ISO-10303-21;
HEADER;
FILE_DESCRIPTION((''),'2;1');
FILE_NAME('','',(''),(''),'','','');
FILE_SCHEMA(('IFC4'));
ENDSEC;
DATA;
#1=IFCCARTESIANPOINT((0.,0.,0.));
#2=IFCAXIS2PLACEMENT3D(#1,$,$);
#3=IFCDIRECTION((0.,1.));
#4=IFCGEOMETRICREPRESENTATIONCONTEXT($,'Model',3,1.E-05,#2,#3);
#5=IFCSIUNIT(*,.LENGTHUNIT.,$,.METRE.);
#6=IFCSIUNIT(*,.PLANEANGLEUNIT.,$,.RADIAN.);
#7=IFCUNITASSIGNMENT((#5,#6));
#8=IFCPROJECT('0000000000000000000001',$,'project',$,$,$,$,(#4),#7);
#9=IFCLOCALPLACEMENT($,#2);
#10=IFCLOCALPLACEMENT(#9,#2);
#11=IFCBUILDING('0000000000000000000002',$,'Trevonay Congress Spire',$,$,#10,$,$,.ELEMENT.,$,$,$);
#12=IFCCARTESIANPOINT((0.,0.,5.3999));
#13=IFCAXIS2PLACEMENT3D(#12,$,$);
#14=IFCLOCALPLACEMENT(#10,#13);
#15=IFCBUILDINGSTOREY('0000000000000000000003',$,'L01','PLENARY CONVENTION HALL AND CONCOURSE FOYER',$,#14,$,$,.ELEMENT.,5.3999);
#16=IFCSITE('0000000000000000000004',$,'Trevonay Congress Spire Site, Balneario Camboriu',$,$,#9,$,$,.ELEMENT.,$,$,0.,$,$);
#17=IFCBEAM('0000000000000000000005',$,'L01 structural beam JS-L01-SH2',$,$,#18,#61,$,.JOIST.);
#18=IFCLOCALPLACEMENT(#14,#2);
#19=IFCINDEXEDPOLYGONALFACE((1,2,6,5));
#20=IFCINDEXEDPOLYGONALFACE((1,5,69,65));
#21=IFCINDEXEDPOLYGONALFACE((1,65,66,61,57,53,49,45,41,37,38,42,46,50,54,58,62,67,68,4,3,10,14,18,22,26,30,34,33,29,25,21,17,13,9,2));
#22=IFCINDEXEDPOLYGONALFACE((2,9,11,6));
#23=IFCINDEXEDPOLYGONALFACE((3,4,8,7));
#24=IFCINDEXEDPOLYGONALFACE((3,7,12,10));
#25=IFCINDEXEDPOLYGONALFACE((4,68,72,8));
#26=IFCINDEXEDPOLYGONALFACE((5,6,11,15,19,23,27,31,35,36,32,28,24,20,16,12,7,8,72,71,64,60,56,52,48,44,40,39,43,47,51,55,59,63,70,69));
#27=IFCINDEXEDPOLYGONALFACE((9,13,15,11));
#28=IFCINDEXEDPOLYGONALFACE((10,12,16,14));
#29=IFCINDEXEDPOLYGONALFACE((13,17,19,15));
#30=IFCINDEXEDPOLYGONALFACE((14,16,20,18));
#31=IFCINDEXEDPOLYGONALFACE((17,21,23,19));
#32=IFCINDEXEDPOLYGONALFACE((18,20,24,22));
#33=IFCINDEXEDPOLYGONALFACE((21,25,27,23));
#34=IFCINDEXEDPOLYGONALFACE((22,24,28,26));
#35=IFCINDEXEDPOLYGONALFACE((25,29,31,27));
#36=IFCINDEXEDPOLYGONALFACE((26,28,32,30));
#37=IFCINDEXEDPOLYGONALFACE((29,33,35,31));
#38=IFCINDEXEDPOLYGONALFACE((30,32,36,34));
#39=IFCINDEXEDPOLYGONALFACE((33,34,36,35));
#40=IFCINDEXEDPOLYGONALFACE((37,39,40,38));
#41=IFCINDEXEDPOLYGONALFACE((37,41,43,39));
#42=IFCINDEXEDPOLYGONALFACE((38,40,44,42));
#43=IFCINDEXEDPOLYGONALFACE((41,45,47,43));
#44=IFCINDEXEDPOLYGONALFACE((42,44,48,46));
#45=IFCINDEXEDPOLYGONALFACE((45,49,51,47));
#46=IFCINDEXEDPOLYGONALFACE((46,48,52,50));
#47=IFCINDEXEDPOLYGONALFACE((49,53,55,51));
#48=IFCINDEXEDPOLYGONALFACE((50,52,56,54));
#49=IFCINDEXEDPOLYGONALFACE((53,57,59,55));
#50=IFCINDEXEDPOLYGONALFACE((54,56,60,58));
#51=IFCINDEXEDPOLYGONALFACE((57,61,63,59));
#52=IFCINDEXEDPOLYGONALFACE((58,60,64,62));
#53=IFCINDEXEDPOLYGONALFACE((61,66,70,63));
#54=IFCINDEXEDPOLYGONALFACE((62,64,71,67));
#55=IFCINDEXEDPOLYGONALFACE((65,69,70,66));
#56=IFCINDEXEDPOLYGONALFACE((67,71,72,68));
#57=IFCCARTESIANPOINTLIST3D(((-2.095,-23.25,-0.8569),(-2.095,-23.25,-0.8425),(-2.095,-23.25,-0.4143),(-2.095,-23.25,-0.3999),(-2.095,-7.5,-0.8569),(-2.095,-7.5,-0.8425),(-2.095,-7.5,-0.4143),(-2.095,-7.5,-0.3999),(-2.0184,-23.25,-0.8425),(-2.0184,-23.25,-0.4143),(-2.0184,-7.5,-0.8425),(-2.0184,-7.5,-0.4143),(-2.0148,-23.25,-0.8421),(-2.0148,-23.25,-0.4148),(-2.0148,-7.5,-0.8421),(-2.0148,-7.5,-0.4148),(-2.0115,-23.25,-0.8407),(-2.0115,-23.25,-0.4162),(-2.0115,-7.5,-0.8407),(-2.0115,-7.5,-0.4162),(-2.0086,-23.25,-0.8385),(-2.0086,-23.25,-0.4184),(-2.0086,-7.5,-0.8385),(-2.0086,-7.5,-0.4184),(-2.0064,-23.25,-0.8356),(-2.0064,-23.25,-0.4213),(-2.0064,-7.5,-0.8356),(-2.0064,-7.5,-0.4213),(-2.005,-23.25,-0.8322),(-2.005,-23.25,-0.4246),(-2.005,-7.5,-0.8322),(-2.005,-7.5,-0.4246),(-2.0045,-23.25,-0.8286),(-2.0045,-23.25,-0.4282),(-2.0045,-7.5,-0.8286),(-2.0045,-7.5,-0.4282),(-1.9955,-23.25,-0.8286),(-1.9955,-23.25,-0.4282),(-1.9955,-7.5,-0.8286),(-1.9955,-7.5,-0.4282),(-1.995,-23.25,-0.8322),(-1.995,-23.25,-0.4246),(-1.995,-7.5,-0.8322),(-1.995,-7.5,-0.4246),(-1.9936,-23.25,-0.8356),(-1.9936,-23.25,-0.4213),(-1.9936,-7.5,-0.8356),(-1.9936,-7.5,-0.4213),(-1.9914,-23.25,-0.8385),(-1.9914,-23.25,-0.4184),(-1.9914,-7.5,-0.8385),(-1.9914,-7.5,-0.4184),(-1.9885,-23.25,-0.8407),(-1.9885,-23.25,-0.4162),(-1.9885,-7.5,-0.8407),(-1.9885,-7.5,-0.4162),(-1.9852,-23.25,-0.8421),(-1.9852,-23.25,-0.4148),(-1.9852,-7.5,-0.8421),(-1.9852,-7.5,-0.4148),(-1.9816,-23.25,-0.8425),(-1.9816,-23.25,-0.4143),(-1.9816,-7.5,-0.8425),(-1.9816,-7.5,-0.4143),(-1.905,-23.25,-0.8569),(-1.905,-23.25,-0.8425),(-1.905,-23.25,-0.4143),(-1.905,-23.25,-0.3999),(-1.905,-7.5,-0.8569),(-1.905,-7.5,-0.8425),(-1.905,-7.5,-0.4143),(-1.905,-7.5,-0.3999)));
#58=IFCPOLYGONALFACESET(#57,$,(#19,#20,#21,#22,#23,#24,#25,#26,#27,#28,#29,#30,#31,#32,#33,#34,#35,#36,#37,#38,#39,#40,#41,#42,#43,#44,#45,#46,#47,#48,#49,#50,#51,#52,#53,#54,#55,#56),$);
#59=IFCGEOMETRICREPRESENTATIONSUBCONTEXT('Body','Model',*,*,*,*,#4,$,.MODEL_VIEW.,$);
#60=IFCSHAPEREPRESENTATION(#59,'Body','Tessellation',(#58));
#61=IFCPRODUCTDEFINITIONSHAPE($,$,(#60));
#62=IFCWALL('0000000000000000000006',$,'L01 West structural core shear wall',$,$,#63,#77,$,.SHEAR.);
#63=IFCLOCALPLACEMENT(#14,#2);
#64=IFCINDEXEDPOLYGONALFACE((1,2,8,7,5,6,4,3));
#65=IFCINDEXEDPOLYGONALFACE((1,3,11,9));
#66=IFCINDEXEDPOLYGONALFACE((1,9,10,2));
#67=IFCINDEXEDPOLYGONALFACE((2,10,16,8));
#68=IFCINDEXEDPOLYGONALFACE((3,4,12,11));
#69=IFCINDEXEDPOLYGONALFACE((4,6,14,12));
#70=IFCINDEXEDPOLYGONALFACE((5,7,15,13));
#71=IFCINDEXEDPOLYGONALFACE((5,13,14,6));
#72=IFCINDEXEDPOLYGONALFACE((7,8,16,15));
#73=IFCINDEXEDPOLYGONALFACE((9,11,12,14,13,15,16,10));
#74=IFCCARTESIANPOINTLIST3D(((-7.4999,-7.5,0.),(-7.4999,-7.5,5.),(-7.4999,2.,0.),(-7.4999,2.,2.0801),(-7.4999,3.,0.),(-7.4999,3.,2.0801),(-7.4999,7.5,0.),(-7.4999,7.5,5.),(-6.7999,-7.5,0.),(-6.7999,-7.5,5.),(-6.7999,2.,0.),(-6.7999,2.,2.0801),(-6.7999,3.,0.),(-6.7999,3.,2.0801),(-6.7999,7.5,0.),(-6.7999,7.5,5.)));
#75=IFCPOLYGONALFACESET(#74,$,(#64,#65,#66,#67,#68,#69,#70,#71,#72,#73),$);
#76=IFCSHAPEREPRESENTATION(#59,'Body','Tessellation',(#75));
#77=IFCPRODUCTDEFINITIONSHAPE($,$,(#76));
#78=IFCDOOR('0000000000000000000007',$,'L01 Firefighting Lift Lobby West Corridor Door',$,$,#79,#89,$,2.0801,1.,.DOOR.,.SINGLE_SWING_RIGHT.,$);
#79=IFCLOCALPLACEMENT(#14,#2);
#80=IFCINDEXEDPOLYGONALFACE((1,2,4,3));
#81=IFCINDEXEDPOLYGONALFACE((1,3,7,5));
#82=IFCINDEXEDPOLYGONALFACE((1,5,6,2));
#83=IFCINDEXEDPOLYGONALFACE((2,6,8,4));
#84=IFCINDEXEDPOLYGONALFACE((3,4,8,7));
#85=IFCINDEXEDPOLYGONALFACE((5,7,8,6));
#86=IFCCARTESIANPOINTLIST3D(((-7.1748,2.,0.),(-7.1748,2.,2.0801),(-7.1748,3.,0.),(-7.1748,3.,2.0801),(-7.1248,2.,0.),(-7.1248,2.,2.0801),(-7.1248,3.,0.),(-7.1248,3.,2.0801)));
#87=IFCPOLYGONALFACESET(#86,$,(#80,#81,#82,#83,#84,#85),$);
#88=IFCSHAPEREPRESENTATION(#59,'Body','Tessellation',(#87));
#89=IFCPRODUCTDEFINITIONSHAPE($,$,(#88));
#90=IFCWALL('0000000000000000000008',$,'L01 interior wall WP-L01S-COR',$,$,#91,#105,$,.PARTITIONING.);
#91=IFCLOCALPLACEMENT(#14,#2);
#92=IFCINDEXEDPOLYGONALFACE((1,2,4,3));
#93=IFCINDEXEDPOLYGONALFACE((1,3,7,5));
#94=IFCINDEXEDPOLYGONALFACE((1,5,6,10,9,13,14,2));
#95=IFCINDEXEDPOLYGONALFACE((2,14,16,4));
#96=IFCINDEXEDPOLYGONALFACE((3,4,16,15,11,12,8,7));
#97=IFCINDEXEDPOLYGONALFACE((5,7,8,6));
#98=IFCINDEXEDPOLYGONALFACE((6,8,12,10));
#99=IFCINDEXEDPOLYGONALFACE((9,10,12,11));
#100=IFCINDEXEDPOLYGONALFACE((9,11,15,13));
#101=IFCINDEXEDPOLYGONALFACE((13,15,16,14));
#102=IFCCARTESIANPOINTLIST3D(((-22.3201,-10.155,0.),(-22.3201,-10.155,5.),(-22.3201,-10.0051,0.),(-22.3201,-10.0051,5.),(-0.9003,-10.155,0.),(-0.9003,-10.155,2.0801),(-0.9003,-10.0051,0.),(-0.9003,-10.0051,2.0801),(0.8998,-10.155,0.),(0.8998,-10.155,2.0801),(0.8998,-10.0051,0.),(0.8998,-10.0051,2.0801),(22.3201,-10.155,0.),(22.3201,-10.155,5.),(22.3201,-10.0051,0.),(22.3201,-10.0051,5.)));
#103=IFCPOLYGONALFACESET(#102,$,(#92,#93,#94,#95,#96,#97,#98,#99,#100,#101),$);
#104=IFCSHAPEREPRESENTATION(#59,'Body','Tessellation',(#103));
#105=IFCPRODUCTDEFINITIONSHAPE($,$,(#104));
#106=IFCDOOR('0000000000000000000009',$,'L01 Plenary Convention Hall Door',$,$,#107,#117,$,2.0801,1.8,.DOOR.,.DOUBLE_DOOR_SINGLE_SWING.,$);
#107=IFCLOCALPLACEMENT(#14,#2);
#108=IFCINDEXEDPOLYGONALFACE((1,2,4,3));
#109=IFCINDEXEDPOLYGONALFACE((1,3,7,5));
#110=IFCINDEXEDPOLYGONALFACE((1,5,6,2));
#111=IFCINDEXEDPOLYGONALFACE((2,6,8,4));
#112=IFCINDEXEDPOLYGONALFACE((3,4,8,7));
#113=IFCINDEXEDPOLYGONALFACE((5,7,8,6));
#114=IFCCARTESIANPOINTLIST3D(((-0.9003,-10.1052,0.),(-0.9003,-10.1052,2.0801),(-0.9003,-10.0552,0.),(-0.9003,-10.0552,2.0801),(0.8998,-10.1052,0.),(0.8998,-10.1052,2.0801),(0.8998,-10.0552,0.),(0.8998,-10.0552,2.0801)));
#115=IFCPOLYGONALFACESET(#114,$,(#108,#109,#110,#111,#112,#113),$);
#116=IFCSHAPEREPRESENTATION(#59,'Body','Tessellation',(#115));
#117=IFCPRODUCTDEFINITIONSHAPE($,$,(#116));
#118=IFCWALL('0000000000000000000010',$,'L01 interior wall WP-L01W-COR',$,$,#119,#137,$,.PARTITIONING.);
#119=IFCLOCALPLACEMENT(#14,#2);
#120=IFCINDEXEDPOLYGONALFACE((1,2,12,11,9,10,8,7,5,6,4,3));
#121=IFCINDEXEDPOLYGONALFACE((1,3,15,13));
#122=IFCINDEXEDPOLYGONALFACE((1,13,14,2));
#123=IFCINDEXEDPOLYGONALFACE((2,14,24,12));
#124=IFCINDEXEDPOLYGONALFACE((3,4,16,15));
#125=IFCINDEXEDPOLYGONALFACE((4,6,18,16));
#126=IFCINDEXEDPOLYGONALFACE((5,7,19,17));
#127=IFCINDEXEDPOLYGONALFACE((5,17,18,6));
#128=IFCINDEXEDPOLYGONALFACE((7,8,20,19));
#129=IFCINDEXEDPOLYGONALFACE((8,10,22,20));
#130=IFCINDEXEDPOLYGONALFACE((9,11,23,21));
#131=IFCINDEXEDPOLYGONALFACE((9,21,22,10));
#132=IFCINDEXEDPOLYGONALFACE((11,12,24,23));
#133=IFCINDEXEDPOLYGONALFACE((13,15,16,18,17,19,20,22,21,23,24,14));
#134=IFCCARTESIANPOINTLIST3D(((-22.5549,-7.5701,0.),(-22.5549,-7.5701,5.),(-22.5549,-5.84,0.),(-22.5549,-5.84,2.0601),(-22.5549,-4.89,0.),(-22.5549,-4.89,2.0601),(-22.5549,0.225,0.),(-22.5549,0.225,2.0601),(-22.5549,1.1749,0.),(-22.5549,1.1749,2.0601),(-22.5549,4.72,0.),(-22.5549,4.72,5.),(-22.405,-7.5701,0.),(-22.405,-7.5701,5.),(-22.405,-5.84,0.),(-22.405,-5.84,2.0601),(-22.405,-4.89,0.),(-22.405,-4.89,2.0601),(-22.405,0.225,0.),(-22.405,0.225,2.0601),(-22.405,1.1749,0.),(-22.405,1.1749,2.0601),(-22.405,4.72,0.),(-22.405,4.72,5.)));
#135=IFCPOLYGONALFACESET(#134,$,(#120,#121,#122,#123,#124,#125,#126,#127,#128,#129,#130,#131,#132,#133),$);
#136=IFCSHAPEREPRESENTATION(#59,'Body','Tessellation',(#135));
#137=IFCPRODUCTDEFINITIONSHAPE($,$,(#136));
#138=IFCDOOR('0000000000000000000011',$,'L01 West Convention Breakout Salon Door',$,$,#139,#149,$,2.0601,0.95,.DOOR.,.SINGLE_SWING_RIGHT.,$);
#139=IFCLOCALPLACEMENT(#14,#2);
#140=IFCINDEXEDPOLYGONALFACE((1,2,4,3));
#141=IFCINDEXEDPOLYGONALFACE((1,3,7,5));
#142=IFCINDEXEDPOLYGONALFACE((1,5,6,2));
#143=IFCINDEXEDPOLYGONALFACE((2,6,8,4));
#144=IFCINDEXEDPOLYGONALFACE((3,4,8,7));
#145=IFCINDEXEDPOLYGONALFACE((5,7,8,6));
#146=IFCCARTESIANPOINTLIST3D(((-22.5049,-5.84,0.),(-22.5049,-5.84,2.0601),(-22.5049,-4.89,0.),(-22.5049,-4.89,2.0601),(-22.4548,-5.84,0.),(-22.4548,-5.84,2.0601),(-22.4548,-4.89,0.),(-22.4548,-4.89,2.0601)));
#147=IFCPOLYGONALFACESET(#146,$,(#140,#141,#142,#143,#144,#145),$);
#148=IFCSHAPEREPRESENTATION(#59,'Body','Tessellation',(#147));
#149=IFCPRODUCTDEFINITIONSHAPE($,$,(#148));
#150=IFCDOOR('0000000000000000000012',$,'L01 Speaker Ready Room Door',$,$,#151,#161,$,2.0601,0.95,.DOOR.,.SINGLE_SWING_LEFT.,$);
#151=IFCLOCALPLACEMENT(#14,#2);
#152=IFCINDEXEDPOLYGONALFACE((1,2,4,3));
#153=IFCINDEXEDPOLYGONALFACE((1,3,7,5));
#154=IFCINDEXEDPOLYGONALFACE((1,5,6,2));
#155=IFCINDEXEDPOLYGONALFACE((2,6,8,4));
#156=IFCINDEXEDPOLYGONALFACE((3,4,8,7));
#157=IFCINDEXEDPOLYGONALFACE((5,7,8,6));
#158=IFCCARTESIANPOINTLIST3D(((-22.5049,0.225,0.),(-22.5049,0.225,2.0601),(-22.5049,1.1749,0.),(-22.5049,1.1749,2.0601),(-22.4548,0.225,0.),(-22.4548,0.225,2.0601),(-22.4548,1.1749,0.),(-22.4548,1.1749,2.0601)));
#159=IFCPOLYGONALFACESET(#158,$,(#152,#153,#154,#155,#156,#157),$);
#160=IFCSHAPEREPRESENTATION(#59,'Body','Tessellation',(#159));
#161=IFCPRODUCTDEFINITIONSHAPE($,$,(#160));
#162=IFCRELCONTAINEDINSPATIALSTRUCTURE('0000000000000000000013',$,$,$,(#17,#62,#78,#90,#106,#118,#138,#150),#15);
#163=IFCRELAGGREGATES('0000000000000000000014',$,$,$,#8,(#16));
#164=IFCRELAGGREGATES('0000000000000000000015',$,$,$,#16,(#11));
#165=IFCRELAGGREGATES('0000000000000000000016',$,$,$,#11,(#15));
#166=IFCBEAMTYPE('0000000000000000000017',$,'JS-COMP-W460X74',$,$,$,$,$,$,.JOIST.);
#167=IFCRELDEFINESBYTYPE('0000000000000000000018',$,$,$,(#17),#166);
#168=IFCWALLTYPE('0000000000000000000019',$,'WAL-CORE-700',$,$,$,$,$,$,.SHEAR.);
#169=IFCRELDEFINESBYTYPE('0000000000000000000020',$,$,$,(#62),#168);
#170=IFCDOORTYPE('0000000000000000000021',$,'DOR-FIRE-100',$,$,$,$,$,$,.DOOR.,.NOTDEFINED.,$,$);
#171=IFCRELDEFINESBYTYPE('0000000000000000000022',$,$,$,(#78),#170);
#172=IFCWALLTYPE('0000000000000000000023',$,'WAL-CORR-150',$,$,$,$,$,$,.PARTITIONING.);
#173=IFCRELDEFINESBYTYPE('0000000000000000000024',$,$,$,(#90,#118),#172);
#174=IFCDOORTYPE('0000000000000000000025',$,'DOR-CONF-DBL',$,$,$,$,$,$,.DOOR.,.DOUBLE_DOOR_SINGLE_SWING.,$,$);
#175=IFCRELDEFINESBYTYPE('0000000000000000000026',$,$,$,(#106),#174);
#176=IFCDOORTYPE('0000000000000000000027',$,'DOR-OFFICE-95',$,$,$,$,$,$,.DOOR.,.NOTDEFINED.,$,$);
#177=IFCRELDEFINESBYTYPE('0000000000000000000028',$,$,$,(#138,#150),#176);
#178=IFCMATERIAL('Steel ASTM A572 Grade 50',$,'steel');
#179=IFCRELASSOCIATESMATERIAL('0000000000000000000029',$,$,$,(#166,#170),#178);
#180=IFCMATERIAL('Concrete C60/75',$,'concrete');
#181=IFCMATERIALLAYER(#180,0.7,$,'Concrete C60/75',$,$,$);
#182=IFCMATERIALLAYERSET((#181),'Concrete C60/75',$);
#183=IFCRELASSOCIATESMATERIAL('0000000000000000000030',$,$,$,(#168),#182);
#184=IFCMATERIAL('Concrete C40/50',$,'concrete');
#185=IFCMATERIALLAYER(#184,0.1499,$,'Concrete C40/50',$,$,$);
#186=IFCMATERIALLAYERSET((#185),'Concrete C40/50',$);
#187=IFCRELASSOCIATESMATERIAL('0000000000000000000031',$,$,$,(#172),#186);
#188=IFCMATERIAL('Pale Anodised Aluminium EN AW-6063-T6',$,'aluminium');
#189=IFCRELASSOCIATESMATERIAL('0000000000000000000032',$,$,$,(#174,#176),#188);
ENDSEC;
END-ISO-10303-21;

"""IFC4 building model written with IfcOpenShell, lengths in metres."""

from ifc_helpers import new_model, si_unit, direction, frame, frame_2d, origin, origin_2d, place, context, subcontext, project, spatial, rectangle, i_section, extrude, material, layer, layer_set, material_profile, profile_set, type_object, element, fill, save


model = new_model("IFC4")

# Units and contexts
model_context = context("Model", 3, precision=1e-05, world=origin(), true_north=direction((0.0, 1.0)))
body_context = subcontext(model_context, "Body", "Model", "MODEL_VIEW")
ifc_project = project(units=[si_unit("LENGTHUNIT", "METRE"), si_unit("PLANEANGLEUNIT", "RADIAN")], contexts=[model_context])

# Site, building, storey
site_placement = place(None, origin())
site = spatial("IfcSite", under=ifc_project, at=site_placement, Name="Trevonay Congress Spire Site, Balneario Camboriu", CompositionType="ELEMENT", RefElevation=0.0)
building_placement = place(site_placement, origin())
building = spatial("IfcBuilding", under=site, at=building_placement, Name="Trevonay Congress Spire", CompositionType="ELEMENT")
storey_placement = place(building_placement, frame((0.0, 0.0, 5.3999)))
storey = spatial("IfcBuildingStorey", under=building, at=storey_placement, Name="L01", Description="PLENARY CONVENTION HALL AND CONCOURSE FOYER", CompositionType="ELEMENT", Elevation=5.3999)

# Shared definitions
ifc_material_1 = material(Name="Steel ASTM A572 Grade 50", Category="steel")

# Beam
ifc_material_profile_1 = material_profile(ifc_material_1, i_section(OverallWidth=0.1899, OverallDepth=0.457, WebThickness=0.009, FlangeThickness=0.0144, FilletRadius=0.0139, at=origin_2d()), Name="W460x74")
ifc_profile_set_1 = profile_set([ifc_material_profile_1], Name="Steel ASTM A572 Grade 50")
beam_type_1 = type_object("IfcBeamType", Name="JS-COMP-W460X74", PredefinedType="JOIST", material=ifc_profile_set_1)
for number, where, z_axis, x_axis, name in (
    (1, (-2.0, -23.25, -0.6284), (0.0, 1.0, 0.0), (-1.0, 0.0, 0.0), "L01 structural beam JS-L01-SH2"),
):
    element("IfcBeam", number, at=place(storey_placement, frame(where, z_axis=z_axis, x_axis=x_axis)), inside=storey, type_object=beam_type_1, Name=name, PredefinedType="JOIST", context=body_context, shape_type="SweptSolid", body=[
        extrude(i_section(OverallWidth=0.1899, OverallDepth=0.457, WebThickness=0.009, FlangeThickness=0.0144, FilletRadius=0.0139, at=origin_2d()), origin(), (0.0, 0.0, 1.0), 15.75),
    ])

# Walls, openings, doors
ifc_material_2 = material(Name="Concrete C60/75", Category="concrete")
ifc_layer_1 = layer(ifc_material_2, 0.7, Name="Concrete C60/75")
ifc_layer_set_1 = layer_set([ifc_layer_1], Name="Concrete C60/75")
wall_type_1 = type_object("IfcWallType", Name="WAL-CORE-700", PredefinedType="SHEAR", material=ifc_layer_set_1)
wall_1_placement = place(storey_placement, frame((-7.1499, -7.5, 0.0), z_axis=(0.0, 0.0, 1.0), x_axis=(0.0, 1.0, 0.0)))
wall_1 = element("IfcWall", 2, at=wall_1_placement, inside=storey, type_object=wall_type_1, Name="L01 West structural core shear wall", PredefinedType="SHEAR", context=body_context, shape_type="SweptSolid", body=[
    extrude(rectangle(XDim=15.0, YDim=0.7, at=frame_2d((7.5, 0.0))), origin(), (0.0, 0.0, 1.0), 5.0),
])
opening_1_placement = place(wall_1_placement, frame((9.5, 0.0, 0.0)))
opening_1 = element("IfcOpeningElement", 3, at=opening_1_placement, cuts=wall_1, PredefinedType="OPENING", context=body_context, shape_type="SweptSolid", body=[
    extrude(rectangle(XDim=1.0, YDim=2.0801, at=frame_2d((0.5, 1.04))), frame((0.0, 0.3599, 0.0), z_axis=(0.0, -1.0, 0.0), x_axis=(1.0, 0.0, 0.0)), (0.0, 0.0, 1.0), 0.72),
])
door_type_1 = type_object("IfcDoorType", Name="DOR-FIRE-100", OperationType="NOTDEFINED", PredefinedType="DOOR", material=ifc_material_1)
door_1_placement = place(opening_1_placement, origin())
door_1 = element("IfcDoor", 4, at=door_1_placement, inside=storey, type_object=door_type_1, Name="L01 Firefighting Lift Lobby West Corridor Door", OperationType="SINGLE_SWING_RIGHT", OverallHeight=2.0801, OverallWidth=1.0, PredefinedType="DOOR", context=body_context, shape_type="SweptSolid", body=[
    extrude(rectangle(XDim=1.0, YDim=2.0801, at=frame_2d((0.5, 1.04))), frame((0.0, 0.0249, 0.0), z_axis=(0.0, -1.0, 0.0), x_axis=(1.0, 0.0, 0.0)), (0.0, 0.0, 1.0), 0.05),
])
fill(opening_1, door_1)
ifc_material_3 = material(Name="Concrete C40/50", Category="concrete")
ifc_layer_2 = layer(ifc_material_3, 0.1499, Name="Concrete C40/50")
ifc_layer_set_2 = layer_set([ifc_layer_2], Name="Concrete C40/50")
wall_type_2 = type_object("IfcWallType", Name="WAL-CORR-150", PredefinedType="PARTITIONING", material=ifc_layer_set_2)
wall_2_placement = place(storey_placement, frame((-22.3201, -10.0801, 0.0), z_axis=(0.0, 0.0, 1.0), x_axis=(1.0, 0.0, 0.0)))
wall_2 = element("IfcWall", 5, at=wall_2_placement, inside=storey, type_object=wall_type_2, Name="L01 interior wall WP-L01S-COR", PredefinedType="PARTITIONING", context=body_context, shape_type="SweptSolid", body=[
    extrude(rectangle(XDim=44.6401, YDim=0.1499, at=frame_2d((22.3201, 0.0))), origin(), (0.0, 0.0, 1.0), 5.0),
])
opening_2_placement = place(wall_2_placement, frame((21.4199, 0.0, 0.0)))
opening_2 = element("IfcOpeningElement", 6, at=opening_2_placement, cuts=wall_2, PredefinedType="OPENING", context=body_context, shape_type="SweptSolid", body=[
    extrude(rectangle(XDim=1.8, YDim=2.0801, at=frame_2d((0.8999, 1.04))), frame((0.0, 0.085, 0.0), z_axis=(0.0, -1.0, 0.0), x_axis=(1.0, 0.0, 0.0)), (0.0, 0.0, 1.0), 0.1699),
])
ifc_material_4 = material(Name="Pale Anodised Aluminium EN AW-6063-T6", Category="aluminium")
door_type_2 = type_object("IfcDoorType", Name="DOR-CONF-DBL", OperationType="DOUBLE_DOOR_SINGLE_SWING", PredefinedType="DOOR", material=ifc_material_4)
door_2_placement = place(opening_2_placement, origin())
door_2 = element("IfcDoor", 7, at=door_2_placement, inside=storey, type_object=door_type_2, Name="L01 Plenary Convention Hall Door", OperationType="DOUBLE_DOOR_SINGLE_SWING", OverallHeight=2.0801, OverallWidth=1.8, PredefinedType="DOOR", context=body_context, shape_type="SweptSolid", body=[
    extrude(rectangle(XDim=1.8, YDim=2.0801, at=frame_2d((0.8999, 1.04))), frame((0.0, 0.0249, 0.0), z_axis=(0.0, -1.0, 0.0), x_axis=(1.0, 0.0, 0.0)), (0.0, 0.0, 1.0), 0.05),
])
fill(opening_2, door_2)

# Wall, openings, doors
wall_3_placement = place(storey_placement, frame((-22.48, -7.5701, 0.0), z_axis=(0.0, 0.0, 1.0), x_axis=(0.0, 1.0, 0.0)))
wall_3 = element("IfcWall", 8, at=wall_3_placement, inside=storey, type_object=wall_type_2, Name="L01 interior wall WP-L01W-COR", PredefinedType="PARTITIONING", context=body_context, shape_type="SweptSolid", body=[
    extrude(rectangle(XDim=12.29, YDim=0.1499, at=frame_2d((6.145, 0.0))), origin(), (0.0, 0.0, 1.0), 5.0),
])
opening_3_placement = place(wall_3_placement, frame((1.73, 0.0, 0.0)))
opening_3 = element("IfcOpeningElement", 9, at=opening_3_placement, cuts=wall_3, PredefinedType="OPENING", context=body_context, shape_type="SweptSolid", body=[
    extrude(rectangle(XDim=0.95, YDim=2.0601, at=frame_2d((0.4751, 1.03))), frame((0.0, 0.085, 0.0), z_axis=(0.0, -1.0, 0.0), x_axis=(1.0, 0.0, 0.0)), (0.0, 0.0, 1.0), 0.1699),
])
opening_4_placement = place(wall_3_placement, frame((7.7949, 0.0, 0.0)))
opening_4 = element("IfcOpeningElement", 10, at=opening_4_placement, cuts=wall_3, PredefinedType="OPENING", context=body_context, shape_type="SweptSolid", body=[
    extrude(rectangle(XDim=0.95, YDim=2.0601, at=frame_2d((0.4751, 1.03))), frame((0.0, 0.085, 0.0), z_axis=(0.0, -1.0, 0.0), x_axis=(1.0, 0.0, 0.0)), (0.0, 0.0, 1.0), 0.1699),
])
door_type_3 = type_object("IfcDoorType", Name="DOR-OFFICE-95", OperationType="NOTDEFINED", PredefinedType="DOOR", material=ifc_material_4)
door_3_placement = place(opening_3_placement, origin())
door_3 = element("IfcDoor", 11, at=door_3_placement, inside=storey, type_object=door_type_3, Name="L01 West Convention Breakout Salon Door", OperationType="SINGLE_SWING_RIGHT", OverallHeight=2.0601, OverallWidth=0.95, PredefinedType="DOOR", context=body_context, shape_type="SweptSolid", body=[
    extrude(rectangle(XDim=0.95, YDim=2.0601, at=frame_2d((0.4751, 1.03))), frame((0.0, 0.0249, 0.0), z_axis=(0.0, -1.0, 0.0), x_axis=(1.0, 0.0, 0.0)), (0.0, 0.0, 1.0), 0.05),
])
fill(opening_3, door_3)
door_4_placement = place(opening_4_placement, origin())
door_4 = element("IfcDoor", 12, at=door_4_placement, inside=storey, type_object=door_type_3, Name="L01 Speaker Ready Room Door", OperationType="SINGLE_SWING_LEFT", OverallHeight=2.0601, OverallWidth=0.95, PredefinedType="DOOR", context=body_context, shape_type="SweptSolid", body=[
    extrude(rectangle(XDim=0.95, YDim=2.0601, at=frame_2d((0.4751, 1.03))), frame((0.0, 0.0249, 0.0), z_axis=(0.0, -1.0, 0.0), x_axis=(1.0, 0.0, 0.0)), (0.0, 0.0, 1.0), 0.05),
])
fill(opening_4, door_4)

save(model, "model.ifc")
